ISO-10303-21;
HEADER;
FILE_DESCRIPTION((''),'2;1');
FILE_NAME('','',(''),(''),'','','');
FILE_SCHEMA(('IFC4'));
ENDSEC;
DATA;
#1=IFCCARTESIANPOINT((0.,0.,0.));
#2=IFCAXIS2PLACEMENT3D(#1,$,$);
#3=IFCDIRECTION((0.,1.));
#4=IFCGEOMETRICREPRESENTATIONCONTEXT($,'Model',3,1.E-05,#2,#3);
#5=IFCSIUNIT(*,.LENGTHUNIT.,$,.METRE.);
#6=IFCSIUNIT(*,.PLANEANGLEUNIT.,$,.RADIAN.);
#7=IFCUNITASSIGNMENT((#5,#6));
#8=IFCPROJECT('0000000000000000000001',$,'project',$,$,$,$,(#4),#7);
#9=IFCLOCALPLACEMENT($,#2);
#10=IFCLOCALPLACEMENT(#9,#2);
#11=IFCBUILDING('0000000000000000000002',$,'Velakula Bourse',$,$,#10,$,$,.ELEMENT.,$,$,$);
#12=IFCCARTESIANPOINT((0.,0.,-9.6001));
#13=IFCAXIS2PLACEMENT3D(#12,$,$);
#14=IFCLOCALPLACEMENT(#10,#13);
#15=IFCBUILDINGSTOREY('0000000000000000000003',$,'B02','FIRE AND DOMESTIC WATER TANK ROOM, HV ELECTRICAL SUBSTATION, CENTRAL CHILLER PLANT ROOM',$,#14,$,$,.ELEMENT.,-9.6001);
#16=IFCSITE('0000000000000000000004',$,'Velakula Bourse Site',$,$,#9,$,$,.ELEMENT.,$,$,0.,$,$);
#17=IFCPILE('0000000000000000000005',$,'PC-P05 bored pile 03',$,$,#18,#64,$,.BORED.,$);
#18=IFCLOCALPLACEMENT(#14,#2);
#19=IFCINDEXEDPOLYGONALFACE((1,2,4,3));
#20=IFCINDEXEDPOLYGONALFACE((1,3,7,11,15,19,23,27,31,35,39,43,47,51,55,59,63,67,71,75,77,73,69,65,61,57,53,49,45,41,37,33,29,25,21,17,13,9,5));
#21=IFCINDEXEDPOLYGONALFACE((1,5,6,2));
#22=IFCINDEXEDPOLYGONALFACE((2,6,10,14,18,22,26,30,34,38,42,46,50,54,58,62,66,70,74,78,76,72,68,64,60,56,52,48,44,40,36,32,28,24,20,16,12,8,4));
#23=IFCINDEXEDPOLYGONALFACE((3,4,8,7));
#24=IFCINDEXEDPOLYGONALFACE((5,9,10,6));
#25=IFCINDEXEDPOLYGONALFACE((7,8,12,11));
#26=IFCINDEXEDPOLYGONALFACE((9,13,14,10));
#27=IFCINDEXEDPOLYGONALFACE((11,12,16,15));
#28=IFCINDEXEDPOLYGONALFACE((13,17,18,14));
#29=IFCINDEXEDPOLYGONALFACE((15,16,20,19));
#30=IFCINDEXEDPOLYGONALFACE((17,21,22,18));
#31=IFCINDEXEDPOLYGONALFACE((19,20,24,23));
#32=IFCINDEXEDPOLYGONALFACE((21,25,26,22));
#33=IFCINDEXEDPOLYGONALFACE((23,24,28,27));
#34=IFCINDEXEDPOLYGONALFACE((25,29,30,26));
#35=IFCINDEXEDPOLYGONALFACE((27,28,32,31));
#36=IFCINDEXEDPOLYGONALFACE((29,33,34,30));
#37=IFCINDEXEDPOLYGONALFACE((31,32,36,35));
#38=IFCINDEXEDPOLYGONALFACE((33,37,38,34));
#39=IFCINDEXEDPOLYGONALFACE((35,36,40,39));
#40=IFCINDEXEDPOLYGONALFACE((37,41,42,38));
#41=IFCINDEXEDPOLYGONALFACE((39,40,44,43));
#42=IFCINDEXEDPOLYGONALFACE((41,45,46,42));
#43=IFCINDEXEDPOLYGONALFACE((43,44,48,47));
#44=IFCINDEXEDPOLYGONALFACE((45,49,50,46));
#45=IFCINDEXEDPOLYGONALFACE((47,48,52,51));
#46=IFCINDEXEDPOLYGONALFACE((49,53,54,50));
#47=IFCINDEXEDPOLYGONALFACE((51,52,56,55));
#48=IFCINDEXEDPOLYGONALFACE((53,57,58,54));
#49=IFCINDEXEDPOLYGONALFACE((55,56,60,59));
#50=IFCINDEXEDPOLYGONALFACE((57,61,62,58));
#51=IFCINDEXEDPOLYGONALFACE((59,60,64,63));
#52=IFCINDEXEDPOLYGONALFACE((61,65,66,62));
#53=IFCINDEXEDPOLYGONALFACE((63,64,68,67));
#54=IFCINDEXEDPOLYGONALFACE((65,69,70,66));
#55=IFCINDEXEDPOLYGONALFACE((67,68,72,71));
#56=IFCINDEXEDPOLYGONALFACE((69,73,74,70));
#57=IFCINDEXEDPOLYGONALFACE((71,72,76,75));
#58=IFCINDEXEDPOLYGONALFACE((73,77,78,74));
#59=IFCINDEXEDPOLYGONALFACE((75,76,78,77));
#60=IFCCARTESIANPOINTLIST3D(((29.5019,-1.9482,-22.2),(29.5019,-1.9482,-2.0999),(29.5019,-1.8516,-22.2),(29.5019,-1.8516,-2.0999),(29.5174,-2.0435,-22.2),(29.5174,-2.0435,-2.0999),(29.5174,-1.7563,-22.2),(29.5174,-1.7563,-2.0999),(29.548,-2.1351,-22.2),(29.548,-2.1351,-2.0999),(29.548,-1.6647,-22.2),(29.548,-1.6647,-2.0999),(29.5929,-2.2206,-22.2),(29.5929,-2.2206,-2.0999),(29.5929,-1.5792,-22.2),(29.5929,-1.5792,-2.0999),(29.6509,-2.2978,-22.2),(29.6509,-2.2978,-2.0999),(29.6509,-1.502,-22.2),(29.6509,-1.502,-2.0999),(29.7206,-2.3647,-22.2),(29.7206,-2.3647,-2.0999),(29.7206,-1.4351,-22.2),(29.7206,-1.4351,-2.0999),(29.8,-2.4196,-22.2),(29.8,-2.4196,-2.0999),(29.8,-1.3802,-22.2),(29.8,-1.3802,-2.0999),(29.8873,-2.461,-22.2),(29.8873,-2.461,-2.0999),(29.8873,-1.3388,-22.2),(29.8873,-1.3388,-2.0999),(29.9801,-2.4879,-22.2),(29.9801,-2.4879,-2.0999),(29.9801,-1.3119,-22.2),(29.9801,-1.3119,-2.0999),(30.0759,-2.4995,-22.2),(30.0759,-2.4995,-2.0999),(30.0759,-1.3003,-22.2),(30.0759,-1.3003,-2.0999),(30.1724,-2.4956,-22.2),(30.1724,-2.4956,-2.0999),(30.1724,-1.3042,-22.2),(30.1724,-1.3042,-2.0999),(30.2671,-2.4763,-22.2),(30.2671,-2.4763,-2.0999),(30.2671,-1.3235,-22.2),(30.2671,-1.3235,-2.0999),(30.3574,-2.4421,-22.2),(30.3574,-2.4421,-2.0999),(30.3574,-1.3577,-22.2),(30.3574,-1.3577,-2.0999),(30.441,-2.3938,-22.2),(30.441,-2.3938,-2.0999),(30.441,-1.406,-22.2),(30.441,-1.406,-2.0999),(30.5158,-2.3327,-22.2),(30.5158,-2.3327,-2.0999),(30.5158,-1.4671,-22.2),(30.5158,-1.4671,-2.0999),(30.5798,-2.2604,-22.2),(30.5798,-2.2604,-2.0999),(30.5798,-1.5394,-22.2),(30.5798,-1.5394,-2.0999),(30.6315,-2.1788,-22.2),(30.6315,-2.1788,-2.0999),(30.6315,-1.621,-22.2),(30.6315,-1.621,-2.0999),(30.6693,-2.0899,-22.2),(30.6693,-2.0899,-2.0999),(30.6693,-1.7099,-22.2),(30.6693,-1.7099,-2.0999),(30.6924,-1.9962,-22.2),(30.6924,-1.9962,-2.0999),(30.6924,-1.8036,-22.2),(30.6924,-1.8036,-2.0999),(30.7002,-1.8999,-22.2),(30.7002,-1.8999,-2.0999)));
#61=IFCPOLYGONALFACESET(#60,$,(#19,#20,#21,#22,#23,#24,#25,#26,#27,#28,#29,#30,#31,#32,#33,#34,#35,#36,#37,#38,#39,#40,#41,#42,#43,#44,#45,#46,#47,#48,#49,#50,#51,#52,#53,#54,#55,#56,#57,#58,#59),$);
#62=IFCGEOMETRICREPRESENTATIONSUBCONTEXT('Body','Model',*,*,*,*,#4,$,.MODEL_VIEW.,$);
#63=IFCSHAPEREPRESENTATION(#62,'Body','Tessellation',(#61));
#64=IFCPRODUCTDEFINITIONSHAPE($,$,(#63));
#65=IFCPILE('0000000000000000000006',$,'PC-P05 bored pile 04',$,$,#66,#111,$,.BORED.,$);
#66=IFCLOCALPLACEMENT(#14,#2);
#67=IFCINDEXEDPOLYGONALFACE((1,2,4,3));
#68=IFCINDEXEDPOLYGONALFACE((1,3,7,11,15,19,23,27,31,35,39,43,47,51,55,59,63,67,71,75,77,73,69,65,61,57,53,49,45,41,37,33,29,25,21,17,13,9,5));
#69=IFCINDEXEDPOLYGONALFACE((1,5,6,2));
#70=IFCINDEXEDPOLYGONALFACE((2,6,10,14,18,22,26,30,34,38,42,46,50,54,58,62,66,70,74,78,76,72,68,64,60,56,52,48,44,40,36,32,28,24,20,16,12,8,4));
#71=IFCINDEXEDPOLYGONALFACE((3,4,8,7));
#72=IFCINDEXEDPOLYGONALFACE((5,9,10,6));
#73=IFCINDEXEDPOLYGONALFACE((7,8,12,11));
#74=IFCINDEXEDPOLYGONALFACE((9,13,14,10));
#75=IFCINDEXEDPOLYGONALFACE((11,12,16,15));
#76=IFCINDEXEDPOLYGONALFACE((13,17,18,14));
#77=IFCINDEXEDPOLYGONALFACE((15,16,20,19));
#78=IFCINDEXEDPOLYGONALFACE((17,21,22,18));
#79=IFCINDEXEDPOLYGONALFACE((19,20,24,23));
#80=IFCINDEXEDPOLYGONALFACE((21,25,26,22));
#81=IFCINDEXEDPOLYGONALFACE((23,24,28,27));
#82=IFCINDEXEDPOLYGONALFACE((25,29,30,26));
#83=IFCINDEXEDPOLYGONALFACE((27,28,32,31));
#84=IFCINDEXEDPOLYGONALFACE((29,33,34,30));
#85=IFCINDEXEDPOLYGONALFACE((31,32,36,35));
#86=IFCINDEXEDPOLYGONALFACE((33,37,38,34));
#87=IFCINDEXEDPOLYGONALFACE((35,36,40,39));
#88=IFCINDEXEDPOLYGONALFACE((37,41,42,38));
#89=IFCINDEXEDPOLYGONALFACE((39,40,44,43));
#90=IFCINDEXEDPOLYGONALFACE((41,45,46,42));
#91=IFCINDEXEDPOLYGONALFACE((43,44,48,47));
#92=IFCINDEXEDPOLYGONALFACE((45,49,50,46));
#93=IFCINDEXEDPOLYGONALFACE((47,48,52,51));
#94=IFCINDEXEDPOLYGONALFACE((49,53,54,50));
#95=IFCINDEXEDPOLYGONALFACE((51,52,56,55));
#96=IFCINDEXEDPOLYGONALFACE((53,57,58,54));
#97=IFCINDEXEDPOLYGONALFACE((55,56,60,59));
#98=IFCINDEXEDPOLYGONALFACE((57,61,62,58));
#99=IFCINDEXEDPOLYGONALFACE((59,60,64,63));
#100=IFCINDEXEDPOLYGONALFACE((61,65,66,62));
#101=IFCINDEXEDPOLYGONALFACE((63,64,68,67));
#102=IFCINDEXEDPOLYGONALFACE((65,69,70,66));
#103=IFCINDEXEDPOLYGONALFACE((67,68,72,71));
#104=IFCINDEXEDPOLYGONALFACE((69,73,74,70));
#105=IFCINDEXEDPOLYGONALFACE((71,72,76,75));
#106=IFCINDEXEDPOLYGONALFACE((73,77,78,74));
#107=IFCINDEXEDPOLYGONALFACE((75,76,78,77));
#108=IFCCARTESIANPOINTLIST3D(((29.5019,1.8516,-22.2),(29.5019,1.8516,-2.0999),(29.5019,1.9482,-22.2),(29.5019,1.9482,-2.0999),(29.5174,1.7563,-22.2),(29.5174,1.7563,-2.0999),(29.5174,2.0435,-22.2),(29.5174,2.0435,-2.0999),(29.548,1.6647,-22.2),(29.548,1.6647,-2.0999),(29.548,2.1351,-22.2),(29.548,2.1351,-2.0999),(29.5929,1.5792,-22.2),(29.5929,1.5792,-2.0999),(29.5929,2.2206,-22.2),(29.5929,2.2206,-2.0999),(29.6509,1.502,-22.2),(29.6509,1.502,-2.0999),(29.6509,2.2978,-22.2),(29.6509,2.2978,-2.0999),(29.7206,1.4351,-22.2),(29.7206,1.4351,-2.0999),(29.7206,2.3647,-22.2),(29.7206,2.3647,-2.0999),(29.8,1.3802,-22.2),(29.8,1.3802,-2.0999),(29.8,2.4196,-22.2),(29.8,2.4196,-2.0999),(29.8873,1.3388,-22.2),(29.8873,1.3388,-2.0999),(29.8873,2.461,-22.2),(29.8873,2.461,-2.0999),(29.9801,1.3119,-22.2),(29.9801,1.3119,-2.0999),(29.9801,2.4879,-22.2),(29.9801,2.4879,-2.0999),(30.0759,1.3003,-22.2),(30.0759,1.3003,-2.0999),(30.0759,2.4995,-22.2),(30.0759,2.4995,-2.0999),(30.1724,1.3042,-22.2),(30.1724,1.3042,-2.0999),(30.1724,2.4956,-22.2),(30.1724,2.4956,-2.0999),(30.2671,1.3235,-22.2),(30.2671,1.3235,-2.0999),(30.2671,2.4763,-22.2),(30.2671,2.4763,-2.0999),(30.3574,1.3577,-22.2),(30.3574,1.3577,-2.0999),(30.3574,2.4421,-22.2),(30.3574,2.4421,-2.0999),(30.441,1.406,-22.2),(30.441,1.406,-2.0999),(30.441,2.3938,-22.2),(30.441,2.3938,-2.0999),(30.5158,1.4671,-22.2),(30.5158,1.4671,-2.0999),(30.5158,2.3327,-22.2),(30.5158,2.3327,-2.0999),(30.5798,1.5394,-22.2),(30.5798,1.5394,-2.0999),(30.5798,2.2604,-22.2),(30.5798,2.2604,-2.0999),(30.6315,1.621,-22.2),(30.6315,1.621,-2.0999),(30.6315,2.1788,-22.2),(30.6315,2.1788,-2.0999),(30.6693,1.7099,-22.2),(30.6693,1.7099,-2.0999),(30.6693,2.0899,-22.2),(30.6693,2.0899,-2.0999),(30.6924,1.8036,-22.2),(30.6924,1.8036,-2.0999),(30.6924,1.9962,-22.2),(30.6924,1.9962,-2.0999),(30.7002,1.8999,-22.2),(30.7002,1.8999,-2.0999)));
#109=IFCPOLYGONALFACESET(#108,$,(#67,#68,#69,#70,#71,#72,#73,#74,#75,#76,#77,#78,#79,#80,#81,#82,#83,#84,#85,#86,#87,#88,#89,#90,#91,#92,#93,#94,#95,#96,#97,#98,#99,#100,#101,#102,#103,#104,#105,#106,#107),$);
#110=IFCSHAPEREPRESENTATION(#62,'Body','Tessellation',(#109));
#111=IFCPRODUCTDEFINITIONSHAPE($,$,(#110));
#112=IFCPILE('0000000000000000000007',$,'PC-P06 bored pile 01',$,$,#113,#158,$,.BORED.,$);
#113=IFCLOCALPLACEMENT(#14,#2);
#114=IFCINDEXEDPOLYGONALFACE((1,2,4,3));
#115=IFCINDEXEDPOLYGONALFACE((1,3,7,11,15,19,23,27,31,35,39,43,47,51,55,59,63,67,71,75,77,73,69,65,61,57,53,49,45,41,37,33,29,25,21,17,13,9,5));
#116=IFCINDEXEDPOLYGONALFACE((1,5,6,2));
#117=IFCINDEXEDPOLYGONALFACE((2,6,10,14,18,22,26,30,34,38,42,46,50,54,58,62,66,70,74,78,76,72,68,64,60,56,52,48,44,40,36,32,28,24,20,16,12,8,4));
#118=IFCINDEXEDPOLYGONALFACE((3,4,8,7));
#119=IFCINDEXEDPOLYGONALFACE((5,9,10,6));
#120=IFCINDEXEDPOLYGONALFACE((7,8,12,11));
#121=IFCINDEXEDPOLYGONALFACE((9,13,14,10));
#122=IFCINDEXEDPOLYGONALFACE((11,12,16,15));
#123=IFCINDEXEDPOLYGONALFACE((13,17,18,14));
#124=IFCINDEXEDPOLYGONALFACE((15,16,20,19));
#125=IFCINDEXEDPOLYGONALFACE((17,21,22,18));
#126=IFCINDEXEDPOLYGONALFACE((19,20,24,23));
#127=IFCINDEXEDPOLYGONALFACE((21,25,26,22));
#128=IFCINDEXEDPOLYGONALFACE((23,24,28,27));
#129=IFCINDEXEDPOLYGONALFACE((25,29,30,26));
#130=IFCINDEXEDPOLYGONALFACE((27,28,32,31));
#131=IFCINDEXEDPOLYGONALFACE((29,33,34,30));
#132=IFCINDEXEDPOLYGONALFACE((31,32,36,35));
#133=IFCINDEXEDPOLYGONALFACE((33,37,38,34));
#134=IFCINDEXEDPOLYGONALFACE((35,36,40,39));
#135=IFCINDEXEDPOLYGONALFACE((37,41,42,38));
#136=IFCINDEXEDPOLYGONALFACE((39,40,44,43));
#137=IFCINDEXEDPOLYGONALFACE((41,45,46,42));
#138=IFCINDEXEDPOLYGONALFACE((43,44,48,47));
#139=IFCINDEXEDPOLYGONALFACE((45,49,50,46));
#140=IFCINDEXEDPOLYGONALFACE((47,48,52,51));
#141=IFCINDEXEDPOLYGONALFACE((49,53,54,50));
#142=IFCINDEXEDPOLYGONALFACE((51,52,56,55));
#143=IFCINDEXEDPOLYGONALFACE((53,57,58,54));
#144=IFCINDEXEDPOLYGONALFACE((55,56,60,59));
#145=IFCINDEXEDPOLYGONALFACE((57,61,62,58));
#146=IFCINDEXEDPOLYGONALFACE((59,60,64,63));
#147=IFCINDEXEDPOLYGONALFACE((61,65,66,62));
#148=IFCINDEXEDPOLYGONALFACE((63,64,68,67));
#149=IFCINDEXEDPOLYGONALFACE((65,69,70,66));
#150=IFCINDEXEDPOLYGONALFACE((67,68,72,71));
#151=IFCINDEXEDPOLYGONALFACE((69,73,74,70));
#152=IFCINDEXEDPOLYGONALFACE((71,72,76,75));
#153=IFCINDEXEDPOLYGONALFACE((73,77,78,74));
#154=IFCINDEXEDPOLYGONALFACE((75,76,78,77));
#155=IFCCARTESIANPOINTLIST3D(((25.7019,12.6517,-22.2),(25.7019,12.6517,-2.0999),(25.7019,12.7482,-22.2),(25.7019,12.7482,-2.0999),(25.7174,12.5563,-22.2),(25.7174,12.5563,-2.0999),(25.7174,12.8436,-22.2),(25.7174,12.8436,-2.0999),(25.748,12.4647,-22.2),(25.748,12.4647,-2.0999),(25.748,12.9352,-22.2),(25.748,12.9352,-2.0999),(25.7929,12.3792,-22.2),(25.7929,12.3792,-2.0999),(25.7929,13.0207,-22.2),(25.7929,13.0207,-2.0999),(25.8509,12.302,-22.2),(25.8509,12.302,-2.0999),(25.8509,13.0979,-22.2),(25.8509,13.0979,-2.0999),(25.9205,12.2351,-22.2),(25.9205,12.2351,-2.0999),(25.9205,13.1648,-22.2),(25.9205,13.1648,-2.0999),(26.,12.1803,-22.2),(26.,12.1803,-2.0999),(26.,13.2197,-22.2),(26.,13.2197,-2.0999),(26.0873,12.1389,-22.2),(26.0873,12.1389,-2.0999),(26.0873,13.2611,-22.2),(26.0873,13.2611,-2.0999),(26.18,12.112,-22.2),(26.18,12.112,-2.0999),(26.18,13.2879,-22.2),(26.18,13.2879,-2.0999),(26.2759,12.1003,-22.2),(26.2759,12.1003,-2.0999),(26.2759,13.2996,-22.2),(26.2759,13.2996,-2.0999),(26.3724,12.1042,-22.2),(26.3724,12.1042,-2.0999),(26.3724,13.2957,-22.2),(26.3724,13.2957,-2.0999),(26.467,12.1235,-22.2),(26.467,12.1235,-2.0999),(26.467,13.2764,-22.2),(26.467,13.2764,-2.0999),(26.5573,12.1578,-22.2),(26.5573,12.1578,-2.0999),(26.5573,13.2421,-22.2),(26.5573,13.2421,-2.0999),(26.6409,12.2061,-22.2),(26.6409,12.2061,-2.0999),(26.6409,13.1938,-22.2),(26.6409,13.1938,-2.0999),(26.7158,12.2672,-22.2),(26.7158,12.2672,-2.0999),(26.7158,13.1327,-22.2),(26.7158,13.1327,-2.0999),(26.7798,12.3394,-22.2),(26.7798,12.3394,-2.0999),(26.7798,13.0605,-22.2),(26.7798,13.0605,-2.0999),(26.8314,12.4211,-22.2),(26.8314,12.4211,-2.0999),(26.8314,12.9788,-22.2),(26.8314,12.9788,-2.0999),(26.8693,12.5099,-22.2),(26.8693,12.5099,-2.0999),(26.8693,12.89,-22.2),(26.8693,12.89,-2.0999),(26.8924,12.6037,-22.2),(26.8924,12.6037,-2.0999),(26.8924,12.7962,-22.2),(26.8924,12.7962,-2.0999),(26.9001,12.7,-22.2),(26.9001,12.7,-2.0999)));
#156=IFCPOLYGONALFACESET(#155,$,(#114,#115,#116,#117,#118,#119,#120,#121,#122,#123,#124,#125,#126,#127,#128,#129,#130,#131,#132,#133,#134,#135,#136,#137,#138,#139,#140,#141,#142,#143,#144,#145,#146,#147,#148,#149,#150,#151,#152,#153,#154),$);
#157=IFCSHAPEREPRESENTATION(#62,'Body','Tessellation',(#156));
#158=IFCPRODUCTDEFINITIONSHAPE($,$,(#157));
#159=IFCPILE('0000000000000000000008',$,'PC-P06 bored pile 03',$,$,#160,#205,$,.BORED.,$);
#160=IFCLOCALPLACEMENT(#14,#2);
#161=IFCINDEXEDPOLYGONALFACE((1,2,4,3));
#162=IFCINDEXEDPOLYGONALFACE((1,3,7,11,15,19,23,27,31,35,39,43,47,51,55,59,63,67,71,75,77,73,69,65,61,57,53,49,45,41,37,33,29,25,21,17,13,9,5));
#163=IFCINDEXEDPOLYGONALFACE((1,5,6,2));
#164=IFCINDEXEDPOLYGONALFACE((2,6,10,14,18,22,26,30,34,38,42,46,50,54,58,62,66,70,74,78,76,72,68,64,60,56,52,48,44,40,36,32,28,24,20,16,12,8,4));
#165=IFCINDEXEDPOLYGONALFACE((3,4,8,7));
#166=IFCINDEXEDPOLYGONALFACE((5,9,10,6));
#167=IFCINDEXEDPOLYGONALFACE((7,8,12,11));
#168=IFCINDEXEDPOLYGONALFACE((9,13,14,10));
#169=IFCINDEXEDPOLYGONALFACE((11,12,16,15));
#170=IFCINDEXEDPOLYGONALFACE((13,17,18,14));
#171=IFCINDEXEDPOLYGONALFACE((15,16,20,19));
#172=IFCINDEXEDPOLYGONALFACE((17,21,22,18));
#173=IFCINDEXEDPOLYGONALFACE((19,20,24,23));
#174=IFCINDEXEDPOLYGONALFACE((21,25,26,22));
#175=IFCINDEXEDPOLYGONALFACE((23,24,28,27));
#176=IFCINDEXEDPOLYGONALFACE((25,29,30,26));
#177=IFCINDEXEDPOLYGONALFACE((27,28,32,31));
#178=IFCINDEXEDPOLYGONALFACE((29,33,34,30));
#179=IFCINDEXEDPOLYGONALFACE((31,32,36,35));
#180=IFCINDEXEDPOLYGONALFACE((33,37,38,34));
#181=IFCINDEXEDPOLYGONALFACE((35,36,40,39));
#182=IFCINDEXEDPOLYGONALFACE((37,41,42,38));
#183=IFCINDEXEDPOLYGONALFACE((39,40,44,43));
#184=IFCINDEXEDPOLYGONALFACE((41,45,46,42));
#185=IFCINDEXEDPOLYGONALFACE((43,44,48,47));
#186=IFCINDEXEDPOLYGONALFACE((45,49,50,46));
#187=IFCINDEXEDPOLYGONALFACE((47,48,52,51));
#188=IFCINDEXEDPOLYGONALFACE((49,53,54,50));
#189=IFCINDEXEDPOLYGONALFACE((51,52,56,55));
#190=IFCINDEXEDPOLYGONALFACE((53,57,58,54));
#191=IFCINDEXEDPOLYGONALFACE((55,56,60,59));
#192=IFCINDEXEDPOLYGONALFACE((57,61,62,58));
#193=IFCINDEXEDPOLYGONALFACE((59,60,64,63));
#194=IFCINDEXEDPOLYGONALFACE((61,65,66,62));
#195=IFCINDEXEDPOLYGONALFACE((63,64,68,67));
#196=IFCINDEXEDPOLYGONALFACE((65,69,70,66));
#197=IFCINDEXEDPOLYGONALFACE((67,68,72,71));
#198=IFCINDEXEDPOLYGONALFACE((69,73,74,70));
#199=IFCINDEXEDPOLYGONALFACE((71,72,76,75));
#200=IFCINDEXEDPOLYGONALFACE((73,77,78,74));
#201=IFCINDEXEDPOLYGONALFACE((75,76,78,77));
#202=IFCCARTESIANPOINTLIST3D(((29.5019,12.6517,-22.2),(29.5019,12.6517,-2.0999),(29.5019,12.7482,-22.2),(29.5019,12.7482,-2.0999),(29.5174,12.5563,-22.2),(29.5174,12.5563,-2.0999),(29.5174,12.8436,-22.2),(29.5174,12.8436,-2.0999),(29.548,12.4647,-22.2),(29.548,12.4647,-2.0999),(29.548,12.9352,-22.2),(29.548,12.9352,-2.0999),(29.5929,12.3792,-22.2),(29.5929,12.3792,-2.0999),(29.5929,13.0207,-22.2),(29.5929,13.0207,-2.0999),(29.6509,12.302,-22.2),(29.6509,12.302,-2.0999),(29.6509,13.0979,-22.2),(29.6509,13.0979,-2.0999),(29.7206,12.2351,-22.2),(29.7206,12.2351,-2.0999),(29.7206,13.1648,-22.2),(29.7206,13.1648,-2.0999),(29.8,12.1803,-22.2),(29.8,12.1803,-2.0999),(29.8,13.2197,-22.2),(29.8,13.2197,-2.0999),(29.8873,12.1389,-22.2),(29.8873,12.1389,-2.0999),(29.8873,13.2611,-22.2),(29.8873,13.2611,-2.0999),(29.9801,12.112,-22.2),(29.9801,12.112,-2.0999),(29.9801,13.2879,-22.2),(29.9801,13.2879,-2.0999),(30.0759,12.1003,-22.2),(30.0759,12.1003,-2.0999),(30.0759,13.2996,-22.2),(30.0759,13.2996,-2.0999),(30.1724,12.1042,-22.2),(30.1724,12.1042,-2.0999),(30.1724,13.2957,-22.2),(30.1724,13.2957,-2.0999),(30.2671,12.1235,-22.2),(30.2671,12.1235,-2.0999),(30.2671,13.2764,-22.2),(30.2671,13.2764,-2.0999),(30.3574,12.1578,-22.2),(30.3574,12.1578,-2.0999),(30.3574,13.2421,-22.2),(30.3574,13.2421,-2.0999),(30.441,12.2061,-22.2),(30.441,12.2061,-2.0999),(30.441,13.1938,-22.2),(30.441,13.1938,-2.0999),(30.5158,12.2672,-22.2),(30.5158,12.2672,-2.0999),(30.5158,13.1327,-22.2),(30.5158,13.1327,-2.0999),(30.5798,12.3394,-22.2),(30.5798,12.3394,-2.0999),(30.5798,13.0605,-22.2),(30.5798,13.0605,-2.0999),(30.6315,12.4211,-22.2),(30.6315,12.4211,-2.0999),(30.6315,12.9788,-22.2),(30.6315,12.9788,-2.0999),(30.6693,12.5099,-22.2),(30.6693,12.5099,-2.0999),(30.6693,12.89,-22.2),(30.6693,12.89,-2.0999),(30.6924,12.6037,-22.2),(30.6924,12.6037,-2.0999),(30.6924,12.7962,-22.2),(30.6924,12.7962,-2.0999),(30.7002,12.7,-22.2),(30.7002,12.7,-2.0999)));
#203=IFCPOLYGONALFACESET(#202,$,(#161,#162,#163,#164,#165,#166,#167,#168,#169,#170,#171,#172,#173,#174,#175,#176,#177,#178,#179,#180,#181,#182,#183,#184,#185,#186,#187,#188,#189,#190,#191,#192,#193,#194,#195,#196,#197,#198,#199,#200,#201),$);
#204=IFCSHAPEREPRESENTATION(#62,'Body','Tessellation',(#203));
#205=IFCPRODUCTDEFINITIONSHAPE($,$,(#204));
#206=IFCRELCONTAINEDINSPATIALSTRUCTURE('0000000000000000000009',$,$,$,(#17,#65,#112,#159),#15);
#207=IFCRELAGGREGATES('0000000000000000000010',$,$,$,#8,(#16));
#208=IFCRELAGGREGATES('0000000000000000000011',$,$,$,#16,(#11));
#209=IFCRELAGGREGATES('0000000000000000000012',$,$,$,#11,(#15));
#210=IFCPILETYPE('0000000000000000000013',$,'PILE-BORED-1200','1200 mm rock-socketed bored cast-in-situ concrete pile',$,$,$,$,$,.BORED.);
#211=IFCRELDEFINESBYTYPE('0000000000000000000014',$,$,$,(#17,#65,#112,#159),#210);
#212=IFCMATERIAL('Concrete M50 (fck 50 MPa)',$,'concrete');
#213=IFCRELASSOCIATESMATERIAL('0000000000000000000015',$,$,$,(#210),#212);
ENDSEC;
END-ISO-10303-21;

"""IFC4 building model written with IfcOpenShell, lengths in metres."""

from ifc_helpers import new_model, si_unit, direction, frame, origin, origin_2d, place, context, subcontext, project, spatial, circle, extrude, material, material_profile, profile_set, type_object, element, save


model = new_model("IFC4")

# Units and contexts
model_context = context("Model", 3, precision=1e-05, world=origin(), true_north=direction((0.0, 1.0)))
body_context = subcontext(model_context, "Body", "Model", "MODEL_VIEW")
ifc_project = project(units=[si_unit("LENGTHUNIT", "METRE"), si_unit("PLANEANGLEUNIT", "RADIAN")], contexts=[model_context])

# Site, building, storey
site_placement = place(None, origin())
site = spatial("IfcSite", under=ifc_project, at=site_placement, Name="Velakula Bourse Site", CompositionType="ELEMENT", RefElevation=0.0)
building_placement = place(site_placement, origin())
building = spatial("IfcBuilding", under=site, at=building_placement, Name="Velakula Bourse", CompositionType="ELEMENT")
storey_placement = place(building_placement, frame((0.0, 0.0, -9.6001)))
storey = spatial("IfcBuildingStorey", under=building, at=storey_placement, Name="B02", Description="FIRE AND DOMESTIC WATER TANK ROOM, HV ELECTRICAL SUBSTATION, CENTRAL CHILLER PLANT ROOM", CompositionType="ELEMENT", Elevation=-9.6001)

# Shared definitions
ifc_material_1 = material(Name="Concrete M50 (fck 50 MPa)", Category="concrete")

# Piles
ifc_material_profile_1 = material_profile(ifc_material_1, circle(Radius=0.6001, at=origin_2d()), Name="Concrete M50 (fck 50 MPa)")
ifc_profile_set_1 = profile_set([ifc_material_profile_1], Name="Concrete M50 (fck 50 MPa)")
pile_type_1 = type_object("IfcPileType", Name="PILE-BORED-1200", Description="1200 mm rock-socketed bored cast-in-situ concrete pile", PredefinedType="BORED", material=ifc_profile_set_1)
for number, where, z_axis, x_axis, name in (
    (1, (30.1001, -1.8999, -2.0999), (0.0, 0.0, -1.0), (1.0, 0.0, 0.0), "PC-P05 bored pile 03"),
    (2, (30.1001, 1.8999, -2.0999), (0.0, 0.0, -1.0), (1.0, 0.0, 0.0), "PC-P05 bored pile 04"),
    (3, (26.3, 12.7, -2.0999), (0.0, 0.0, -1.0), (1.0, 0.0, 0.0), "PC-P06 bored pile 01"),
    (4, (30.1001, 12.7, -2.0999), (0.0, 0.0, -1.0), (1.0, 0.0, 0.0), "PC-P06 bored pile 03"),
):
    element("IfcPile", number, at=place(storey_placement, frame(where, z_axis=z_axis, x_axis=x_axis)), inside=storey, type_object=pile_type_1, Name=name, PredefinedType="BORED", context=body_context, shape_type="SweptSolid", body=[
        extrude(circle(Radius=0.6001, at=origin_2d()), origin(), (0.0, 0.0, 1.0), 20.1001),
    ])

save(model, "model.ifc")
